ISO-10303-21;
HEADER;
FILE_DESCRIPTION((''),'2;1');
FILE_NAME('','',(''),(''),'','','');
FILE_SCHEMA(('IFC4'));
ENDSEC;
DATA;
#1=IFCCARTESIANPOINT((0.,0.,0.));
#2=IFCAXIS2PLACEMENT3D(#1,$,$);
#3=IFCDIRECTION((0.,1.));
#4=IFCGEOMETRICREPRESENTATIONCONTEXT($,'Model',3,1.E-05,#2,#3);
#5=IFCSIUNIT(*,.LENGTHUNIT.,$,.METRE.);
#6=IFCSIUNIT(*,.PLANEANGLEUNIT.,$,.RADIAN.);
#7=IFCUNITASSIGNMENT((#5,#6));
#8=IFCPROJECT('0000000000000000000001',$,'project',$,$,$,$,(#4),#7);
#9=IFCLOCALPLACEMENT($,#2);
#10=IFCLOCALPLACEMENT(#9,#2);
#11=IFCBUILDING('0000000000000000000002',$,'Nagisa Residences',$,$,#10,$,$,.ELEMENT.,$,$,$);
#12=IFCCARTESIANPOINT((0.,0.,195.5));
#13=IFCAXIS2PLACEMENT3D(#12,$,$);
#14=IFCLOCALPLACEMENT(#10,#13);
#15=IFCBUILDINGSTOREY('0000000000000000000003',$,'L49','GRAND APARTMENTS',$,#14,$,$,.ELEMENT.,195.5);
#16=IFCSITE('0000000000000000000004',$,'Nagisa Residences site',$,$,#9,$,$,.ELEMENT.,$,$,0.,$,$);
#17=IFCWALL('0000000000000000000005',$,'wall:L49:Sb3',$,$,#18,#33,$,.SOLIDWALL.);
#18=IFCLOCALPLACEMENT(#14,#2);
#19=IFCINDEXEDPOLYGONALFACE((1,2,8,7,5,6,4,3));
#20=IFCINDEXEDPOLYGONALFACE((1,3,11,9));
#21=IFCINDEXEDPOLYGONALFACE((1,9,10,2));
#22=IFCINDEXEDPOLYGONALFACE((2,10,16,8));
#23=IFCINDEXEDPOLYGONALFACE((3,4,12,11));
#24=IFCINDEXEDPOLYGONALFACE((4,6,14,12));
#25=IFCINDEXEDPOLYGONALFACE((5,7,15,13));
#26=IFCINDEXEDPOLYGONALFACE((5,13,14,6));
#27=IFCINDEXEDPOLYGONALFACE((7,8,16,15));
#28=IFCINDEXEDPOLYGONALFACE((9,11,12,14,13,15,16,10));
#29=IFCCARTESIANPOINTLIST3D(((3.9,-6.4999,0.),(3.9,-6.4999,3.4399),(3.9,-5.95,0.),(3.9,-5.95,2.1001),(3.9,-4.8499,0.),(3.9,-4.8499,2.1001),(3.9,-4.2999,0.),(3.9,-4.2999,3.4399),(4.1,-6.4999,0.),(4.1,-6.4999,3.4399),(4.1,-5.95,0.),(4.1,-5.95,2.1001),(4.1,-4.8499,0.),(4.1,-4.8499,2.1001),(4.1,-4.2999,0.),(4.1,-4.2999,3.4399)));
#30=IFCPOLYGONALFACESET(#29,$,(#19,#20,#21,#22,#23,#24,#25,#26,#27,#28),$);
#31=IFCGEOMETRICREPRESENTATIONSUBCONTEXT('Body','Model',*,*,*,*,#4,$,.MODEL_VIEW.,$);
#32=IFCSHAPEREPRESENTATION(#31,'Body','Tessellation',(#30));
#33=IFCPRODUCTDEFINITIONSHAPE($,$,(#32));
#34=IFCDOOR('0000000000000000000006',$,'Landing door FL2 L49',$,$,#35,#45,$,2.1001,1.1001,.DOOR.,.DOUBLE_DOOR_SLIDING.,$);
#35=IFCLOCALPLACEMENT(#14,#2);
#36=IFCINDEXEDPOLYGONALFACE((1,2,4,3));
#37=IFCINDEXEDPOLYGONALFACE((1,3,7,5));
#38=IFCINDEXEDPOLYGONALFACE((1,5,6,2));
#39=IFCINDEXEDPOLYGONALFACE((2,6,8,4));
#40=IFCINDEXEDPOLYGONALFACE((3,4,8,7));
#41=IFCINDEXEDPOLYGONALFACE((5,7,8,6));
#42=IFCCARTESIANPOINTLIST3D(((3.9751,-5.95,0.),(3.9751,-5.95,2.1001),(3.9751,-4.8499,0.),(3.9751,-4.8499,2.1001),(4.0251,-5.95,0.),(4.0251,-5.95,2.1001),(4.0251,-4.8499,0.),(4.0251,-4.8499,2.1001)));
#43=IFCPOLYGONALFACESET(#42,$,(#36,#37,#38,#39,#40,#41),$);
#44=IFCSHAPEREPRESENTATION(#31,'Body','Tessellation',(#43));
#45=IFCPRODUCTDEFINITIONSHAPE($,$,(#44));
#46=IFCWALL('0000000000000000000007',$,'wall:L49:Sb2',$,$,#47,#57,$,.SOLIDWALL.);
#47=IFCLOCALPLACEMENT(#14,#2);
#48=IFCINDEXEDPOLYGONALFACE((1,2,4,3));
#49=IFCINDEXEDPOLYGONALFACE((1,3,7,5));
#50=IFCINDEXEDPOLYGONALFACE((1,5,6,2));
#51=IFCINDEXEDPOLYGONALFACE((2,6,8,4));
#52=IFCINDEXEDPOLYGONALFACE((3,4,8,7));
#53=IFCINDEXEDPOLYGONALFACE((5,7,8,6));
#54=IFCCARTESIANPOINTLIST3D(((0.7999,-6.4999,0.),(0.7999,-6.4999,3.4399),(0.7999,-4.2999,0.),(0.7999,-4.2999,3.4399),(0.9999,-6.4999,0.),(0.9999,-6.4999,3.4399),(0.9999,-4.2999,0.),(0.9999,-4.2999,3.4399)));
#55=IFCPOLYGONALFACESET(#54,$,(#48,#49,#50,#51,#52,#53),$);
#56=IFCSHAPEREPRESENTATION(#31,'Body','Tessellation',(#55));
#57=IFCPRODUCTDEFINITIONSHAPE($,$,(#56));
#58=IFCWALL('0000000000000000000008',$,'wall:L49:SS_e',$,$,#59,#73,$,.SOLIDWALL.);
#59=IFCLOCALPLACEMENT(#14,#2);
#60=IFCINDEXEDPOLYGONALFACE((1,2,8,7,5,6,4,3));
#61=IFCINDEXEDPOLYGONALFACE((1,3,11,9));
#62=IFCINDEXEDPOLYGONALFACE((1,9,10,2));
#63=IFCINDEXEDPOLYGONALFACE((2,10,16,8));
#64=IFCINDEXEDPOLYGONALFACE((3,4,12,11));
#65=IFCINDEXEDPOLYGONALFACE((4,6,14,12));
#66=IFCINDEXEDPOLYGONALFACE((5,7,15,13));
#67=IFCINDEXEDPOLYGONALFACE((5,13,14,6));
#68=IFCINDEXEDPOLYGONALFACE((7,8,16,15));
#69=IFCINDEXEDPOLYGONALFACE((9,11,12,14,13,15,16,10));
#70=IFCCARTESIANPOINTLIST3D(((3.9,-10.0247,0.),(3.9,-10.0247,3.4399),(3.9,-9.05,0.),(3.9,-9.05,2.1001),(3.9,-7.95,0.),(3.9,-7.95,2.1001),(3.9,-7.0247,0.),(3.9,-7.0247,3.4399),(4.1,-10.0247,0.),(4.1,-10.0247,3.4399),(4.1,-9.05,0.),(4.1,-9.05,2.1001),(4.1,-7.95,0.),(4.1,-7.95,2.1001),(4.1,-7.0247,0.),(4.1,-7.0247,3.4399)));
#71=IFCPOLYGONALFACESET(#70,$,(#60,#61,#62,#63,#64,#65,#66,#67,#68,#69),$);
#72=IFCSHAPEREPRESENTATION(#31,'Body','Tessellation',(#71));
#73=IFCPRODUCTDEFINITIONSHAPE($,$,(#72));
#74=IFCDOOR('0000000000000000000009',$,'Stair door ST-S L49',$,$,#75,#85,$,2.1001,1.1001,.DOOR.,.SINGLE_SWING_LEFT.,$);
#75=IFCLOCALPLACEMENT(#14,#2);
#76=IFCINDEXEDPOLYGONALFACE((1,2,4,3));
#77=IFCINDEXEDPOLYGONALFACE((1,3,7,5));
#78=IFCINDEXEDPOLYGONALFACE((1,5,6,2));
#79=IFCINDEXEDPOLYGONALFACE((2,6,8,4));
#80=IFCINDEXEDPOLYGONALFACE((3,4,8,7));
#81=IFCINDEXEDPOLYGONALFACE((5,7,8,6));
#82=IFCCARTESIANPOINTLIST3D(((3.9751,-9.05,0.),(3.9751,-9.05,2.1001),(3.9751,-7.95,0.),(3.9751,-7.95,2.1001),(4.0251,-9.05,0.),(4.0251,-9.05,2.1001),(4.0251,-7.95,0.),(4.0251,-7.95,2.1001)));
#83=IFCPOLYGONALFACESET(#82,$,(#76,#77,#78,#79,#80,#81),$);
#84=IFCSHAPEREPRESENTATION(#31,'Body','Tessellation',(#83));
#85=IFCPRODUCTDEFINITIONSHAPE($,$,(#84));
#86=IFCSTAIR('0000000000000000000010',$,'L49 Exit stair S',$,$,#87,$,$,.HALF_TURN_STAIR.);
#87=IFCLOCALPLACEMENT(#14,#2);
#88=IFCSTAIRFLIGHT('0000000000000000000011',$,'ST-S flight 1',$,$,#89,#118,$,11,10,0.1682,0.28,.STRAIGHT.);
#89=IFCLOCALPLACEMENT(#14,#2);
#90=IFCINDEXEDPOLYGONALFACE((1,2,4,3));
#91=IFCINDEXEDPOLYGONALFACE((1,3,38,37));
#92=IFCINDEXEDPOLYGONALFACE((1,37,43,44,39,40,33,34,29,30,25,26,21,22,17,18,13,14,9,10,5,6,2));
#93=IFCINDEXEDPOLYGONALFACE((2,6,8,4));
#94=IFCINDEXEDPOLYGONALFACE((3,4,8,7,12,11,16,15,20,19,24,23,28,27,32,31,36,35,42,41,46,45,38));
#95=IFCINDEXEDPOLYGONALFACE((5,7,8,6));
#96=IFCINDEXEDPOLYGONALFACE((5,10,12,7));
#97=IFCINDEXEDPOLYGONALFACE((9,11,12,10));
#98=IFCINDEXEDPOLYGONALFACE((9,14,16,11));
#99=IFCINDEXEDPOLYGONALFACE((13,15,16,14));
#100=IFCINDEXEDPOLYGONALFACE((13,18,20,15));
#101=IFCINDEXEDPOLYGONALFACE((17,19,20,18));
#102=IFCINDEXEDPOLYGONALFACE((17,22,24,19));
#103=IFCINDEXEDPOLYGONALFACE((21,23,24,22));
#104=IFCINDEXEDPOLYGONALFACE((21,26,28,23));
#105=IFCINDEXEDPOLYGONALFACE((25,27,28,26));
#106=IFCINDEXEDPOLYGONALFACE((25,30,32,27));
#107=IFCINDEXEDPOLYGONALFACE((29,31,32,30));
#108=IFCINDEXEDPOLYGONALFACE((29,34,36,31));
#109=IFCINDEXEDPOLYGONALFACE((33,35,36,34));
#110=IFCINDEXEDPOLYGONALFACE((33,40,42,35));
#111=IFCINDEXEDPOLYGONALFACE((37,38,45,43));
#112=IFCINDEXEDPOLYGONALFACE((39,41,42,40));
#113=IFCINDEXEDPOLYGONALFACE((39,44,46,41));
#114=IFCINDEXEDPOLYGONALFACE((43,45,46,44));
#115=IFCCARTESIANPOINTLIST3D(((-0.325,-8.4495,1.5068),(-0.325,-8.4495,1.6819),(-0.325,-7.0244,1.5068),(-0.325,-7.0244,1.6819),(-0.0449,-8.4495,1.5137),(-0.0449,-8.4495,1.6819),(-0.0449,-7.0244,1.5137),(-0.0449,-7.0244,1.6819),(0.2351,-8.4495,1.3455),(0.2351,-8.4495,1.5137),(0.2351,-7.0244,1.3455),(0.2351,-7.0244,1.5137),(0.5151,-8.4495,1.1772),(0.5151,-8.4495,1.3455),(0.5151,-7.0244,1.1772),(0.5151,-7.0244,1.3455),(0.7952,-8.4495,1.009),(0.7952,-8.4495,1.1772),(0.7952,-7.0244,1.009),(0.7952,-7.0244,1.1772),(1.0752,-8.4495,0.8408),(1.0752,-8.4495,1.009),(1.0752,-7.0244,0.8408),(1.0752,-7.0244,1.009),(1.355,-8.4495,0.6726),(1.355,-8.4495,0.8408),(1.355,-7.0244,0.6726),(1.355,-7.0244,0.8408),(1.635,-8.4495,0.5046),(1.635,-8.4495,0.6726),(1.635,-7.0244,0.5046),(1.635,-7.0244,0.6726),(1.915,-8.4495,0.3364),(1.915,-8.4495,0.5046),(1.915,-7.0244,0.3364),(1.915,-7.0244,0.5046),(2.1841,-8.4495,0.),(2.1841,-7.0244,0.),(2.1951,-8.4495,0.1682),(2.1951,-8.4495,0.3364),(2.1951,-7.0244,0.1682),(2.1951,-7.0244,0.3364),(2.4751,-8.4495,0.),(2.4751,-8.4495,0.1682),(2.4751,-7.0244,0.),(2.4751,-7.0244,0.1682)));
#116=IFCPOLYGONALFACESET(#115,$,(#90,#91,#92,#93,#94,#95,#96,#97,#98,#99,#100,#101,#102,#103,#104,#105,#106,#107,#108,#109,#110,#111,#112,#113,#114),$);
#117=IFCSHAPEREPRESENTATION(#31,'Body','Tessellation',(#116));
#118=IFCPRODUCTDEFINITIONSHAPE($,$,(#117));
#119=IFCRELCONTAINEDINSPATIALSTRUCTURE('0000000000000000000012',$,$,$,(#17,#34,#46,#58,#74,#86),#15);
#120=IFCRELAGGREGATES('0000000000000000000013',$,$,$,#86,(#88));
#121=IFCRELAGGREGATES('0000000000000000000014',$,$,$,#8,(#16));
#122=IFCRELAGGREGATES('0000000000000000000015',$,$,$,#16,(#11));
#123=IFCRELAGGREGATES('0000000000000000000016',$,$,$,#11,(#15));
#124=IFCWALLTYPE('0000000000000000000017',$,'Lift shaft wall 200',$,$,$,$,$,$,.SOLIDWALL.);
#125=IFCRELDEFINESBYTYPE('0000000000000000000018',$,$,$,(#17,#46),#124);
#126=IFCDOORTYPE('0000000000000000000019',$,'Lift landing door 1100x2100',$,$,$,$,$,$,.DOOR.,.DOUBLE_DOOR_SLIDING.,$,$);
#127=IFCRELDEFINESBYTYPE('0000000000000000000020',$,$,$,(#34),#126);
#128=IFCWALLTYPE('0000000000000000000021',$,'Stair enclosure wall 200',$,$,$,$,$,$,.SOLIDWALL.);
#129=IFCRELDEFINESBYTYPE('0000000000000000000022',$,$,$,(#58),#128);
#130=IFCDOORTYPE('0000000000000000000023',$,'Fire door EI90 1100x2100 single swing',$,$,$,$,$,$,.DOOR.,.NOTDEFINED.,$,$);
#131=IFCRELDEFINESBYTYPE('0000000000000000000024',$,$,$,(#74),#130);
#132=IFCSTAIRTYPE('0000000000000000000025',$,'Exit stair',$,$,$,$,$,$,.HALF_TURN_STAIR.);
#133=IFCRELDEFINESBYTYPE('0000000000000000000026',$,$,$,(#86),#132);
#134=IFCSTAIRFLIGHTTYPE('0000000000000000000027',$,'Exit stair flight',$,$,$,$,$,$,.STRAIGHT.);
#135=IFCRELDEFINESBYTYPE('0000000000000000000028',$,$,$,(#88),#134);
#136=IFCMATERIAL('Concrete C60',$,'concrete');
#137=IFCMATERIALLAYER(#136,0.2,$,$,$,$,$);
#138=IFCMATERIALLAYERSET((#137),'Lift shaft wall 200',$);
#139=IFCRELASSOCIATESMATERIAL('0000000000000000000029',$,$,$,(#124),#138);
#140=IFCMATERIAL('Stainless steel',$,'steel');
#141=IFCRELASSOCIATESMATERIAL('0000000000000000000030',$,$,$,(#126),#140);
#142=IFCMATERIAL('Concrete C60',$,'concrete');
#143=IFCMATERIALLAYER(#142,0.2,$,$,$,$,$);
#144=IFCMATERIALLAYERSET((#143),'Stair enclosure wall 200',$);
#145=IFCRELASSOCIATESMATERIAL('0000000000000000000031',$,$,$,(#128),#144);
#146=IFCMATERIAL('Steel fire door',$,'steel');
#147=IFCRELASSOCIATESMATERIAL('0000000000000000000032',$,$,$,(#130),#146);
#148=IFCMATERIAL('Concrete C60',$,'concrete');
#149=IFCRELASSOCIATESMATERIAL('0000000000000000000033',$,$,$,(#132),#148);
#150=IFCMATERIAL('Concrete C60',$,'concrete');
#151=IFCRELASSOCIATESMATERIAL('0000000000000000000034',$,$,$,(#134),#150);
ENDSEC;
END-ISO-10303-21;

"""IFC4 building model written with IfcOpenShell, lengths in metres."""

from ifc_helpers import new_model, si_unit, direction, frame, frame_2d, origin, place, context, subcontext, project, spatial, polyline, rectangle, outline, extrude, material, layer, layer_set, type_object, element, fill, aggregate, save


model = new_model("IFC4")

# Units and contexts
model_context = context("Model", 3, precision=1e-05, world=origin(), true_north=direction((0.0, 1.0)))
body_context = subcontext(model_context, "Body", "Model", "MODEL_VIEW")
ifc_project = project(units=[si_unit("LENGTHUNIT", "METRE"), si_unit("PLANEANGLEUNIT", "RADIAN")], contexts=[model_context])

# Site, building, storey
site_placement = place(None, origin())
site = spatial("IfcSite", under=ifc_project, at=site_placement, Name="Nagisa Residences site", CompositionType="ELEMENT", RefElevation=0.0)
building_placement = place(site_placement, origin())
building = spatial("IfcBuilding", under=site, at=building_placement, Name="Nagisa Residences", CompositionType="ELEMENT")
storey_placement = place(building_placement, frame((0.0, 0.0, 195.5)))
storey = spatial("IfcBuildingStorey", under=building, at=storey_placement, Name="L49", Description="GRAND APARTMENTS", CompositionType="ELEMENT", Elevation=195.5)

# Wall, opening, door
ifc_material_1 = material(Name="Concrete C60", Category="concrete")
ifc_layer_1 = layer(ifc_material_1, 0.2)
ifc_layer_set_1 = layer_set([ifc_layer_1], Name="Lift shaft wall 200")
wall_type_1 = type_object("IfcWallType", Name="Lift shaft wall 200", PredefinedType="SOLIDWALL", material=ifc_layer_set_1)
wall_1_placement = place(storey_placement, frame((4.0, -6.5, 0.0), z_axis=(0.0, 0.0, 1.0), x_axis=(0.0, 1.0, 0.0)))
wall_1 = element("IfcWall", 1, at=wall_1_placement, inside=storey, type_object=wall_type_1, Name="wall:L49:Sb3", PredefinedType="SOLIDWALL", context=body_context, shape_type="SweptSolid", body=[
    extrude(rectangle(XDim=2.2, YDim=0.2, at=frame_2d((1.1001, 0.0))), origin(), (0.0, 0.0, 1.0), 3.4399),
])
opening_1_placement = place(wall_1_placement, frame((0.55, 0.0, 0.0)))
opening_1 = element("IfcOpeningElement", 2, at=opening_1_placement, cuts=wall_1, PredefinedType="OPENING", context=body_context, shape_type="SweptSolid", body=[
    extrude(rectangle(XDim=1.1001, YDim=2.1001, at=frame_2d((0.55, 1.05))), frame((0.0, 0.1099, 0.0), z_axis=(0.0, -1.0, 0.0), x_axis=(1.0, 0.0, 0.0)), (0.0, 0.0, 1.0), 0.22),
])
ifc_material_2 = material(Name="Stainless steel", Category="steel")
door_type_1 = type_object("IfcDoorType", Name="Lift landing door 1100x2100", OperationType="DOUBLE_DOOR_SLIDING", PredefinedType="DOOR", material=ifc_material_2)
door_1_placement = place(opening_1_placement, origin())
door_1 = element("IfcDoor", 3, at=door_1_placement, inside=storey, type_object=door_type_1, Name="Landing door FL2 L49", OperationType="DOUBLE_DOOR_SLIDING", OverallHeight=2.1001, OverallWidth=1.1001, PredefinedType="DOOR", context=body_context, shape_type="SweptSolid", body=[
    extrude(rectangle(XDim=1.1001, YDim=2.1001, at=frame_2d((0.55, 1.05))), frame((0.0, 0.0249, 0.0), z_axis=(0.0, -1.0, 0.0), x_axis=(1.0, 0.0, 0.0)), (0.0, 0.0, 1.0), 0.05),
])
fill(opening_1, door_1)

# Wall
wall_2_placement = place(storey_placement, frame((0.8999, -6.5, 0.0), z_axis=(0.0, 0.0, 1.0), x_axis=(0.0, 1.0, 0.0)))
element("IfcWall", 4, at=wall_2_placement, inside=storey, type_object=wall_type_1, Name="wall:L49:Sb2", PredefinedType="SOLIDWALL", context=body_context, shape_type="SweptSolid", body=[
    extrude(rectangle(XDim=2.2, YDim=0.2, at=frame_2d((1.1001, 0.0))), origin(), (0.0, 0.0, 1.0), 3.4399),
])

# Wall, opening, door
ifc_material_3 = material(Name="Concrete C60", Category="concrete")
ifc_layer_2 = layer(ifc_material_3, 0.2)
ifc_layer_set_2 = layer_set([ifc_layer_2], Name="Stair enclosure wall 200")
wall_type_2 = type_object("IfcWallType", Name="Stair enclosure wall 200", PredefinedType="SOLIDWALL", material=ifc_layer_set_2)
wall_3_placement = place(storey_placement, frame((4.0, -10.0247, 0.0), z_axis=(0.0, 0.0, 1.0), x_axis=(0.0, 1.0, 0.0)))
wall_3 = element("IfcWall", 5, at=wall_3_placement, inside=storey, type_object=wall_type_2, Name="wall:L49:SS_e", PredefinedType="SOLIDWALL", context=body_context, shape_type="SweptSolid", body=[
    extrude(rectangle(XDim=3.0, YDim=0.2, at=frame_2d((1.5, 0.0))), origin(), (0.0, 0.0, 1.0), 3.4399),
])
opening_2_placement = place(wall_3_placement, frame((0.9746, 0.0, 0.0)))
opening_2 = element("IfcOpeningElement", 6, at=opening_2_placement, cuts=wall_3, PredefinedType="OPENING", context=body_context, shape_type="SweptSolid", body=[
    extrude(rectangle(XDim=1.1001, YDim=2.1001, at=frame_2d((0.55, 1.05))), frame((0.0, 0.1099, 0.0), z_axis=(0.0, -1.0, 0.0), x_axis=(1.0, 0.0, 0.0)), (0.0, 0.0, 1.0), 0.22),
])
ifc_material_4 = material(Name="Steel fire door", Category="steel")
door_type_2 = type_object("IfcDoorType", Name="Fire door EI90 1100x2100 single swing", OperationType="NOTDEFINED", PredefinedType="DOOR", material=ifc_material_4)
door_2_placement = place(opening_2_placement, origin())
door_2 = element("IfcDoor", 7, at=door_2_placement, inside=storey, type_object=door_type_2, Name="Stair door ST-S L49", OperationType="SINGLE_SWING_LEFT", OverallHeight=2.1001, OverallWidth=1.1001, PredefinedType="DOOR", context=body_context, shape_type="SweptSolid", body=[
    extrude(rectangle(XDim=1.1001, YDim=2.1001, at=frame_2d((0.55, 1.05))), frame((0.0, 0.0249, 0.0), z_axis=(0.0, -1.0, 0.0), x_axis=(1.0, 0.0, 0.0)), (0.0, 0.0, 1.0), 0.05),
])
fill(opening_2, door_2)

# Stair, stair flight
ifc_material_5 = material(Name="Concrete C60", Category="concrete")
stair_type = type_object("IfcStairType", Name="Exit stair", PredefinedType="HALF_TURN_STAIR", material=ifc_material_5)
stair_placement = place(storey_placement, origin())
stair = element("IfcStair", 8, at=stair_placement, inside=storey, type_object=stair_type, Name="L49 Exit stair S", PredefinedType="HALF_TURN_STAIR")
ifc_material_6 = material(Name="Concrete C60", Category="concrete")
stair_flight_type = type_object("IfcStairFlightType", Name="Exit stair flight", PredefinedType="STRAIGHT", material=ifc_material_6)
stair_flight_placement = place(storey_placement, frame((2.4751, -7.7371, 0.0), z_axis=(0.0, 0.0, 1.0), x_axis=(-1.0, 0.0, 0.0)))
stair_flight = element("IfcStairFlight", 9, at=stair_flight_placement, type_object=stair_flight_type, Name="ST-S flight 1", NumberOfRisers=11, NumberOfTreads=10, PredefinedType="STRAIGHT", RiserHeight=0.1682, TreadLength=0.28, context=body_context, shape_type="SweptSolid", body=[
    extrude(outline(polyline([(0.0, 0.0), (0.0, 0.1682), (0.28, 0.1682), (0.28, 0.3364), (0.5601, 0.3364), (0.5601, 0.5046), (0.8401, 0.5046), (0.8401, 0.6726), (1.1201, 0.6726), (1.1201, 0.8408), (1.3999, 0.8408), (1.3999, 1.009), (1.6799, 1.009), (1.6799, 1.1772), (1.96, 1.1772), (1.96, 1.3455), (2.24, 1.3455), (2.24, 1.5137), (2.52, 1.5137), (2.52, 1.6819), (2.8, 1.6819), (2.8, 1.8501), (2.8, 1.5068), (0.291, 0.0), (0.0, 0.0)])), frame((0.0, 0.7124, 0.0), z_axis=(0.0, -1.0, 0.0), x_axis=(1.0, 0.0, 0.0)), (0.0, 0.0, 1.0), 1.425),
])
aggregate(stair, [stair_flight])

save(model, "model.ifc")
